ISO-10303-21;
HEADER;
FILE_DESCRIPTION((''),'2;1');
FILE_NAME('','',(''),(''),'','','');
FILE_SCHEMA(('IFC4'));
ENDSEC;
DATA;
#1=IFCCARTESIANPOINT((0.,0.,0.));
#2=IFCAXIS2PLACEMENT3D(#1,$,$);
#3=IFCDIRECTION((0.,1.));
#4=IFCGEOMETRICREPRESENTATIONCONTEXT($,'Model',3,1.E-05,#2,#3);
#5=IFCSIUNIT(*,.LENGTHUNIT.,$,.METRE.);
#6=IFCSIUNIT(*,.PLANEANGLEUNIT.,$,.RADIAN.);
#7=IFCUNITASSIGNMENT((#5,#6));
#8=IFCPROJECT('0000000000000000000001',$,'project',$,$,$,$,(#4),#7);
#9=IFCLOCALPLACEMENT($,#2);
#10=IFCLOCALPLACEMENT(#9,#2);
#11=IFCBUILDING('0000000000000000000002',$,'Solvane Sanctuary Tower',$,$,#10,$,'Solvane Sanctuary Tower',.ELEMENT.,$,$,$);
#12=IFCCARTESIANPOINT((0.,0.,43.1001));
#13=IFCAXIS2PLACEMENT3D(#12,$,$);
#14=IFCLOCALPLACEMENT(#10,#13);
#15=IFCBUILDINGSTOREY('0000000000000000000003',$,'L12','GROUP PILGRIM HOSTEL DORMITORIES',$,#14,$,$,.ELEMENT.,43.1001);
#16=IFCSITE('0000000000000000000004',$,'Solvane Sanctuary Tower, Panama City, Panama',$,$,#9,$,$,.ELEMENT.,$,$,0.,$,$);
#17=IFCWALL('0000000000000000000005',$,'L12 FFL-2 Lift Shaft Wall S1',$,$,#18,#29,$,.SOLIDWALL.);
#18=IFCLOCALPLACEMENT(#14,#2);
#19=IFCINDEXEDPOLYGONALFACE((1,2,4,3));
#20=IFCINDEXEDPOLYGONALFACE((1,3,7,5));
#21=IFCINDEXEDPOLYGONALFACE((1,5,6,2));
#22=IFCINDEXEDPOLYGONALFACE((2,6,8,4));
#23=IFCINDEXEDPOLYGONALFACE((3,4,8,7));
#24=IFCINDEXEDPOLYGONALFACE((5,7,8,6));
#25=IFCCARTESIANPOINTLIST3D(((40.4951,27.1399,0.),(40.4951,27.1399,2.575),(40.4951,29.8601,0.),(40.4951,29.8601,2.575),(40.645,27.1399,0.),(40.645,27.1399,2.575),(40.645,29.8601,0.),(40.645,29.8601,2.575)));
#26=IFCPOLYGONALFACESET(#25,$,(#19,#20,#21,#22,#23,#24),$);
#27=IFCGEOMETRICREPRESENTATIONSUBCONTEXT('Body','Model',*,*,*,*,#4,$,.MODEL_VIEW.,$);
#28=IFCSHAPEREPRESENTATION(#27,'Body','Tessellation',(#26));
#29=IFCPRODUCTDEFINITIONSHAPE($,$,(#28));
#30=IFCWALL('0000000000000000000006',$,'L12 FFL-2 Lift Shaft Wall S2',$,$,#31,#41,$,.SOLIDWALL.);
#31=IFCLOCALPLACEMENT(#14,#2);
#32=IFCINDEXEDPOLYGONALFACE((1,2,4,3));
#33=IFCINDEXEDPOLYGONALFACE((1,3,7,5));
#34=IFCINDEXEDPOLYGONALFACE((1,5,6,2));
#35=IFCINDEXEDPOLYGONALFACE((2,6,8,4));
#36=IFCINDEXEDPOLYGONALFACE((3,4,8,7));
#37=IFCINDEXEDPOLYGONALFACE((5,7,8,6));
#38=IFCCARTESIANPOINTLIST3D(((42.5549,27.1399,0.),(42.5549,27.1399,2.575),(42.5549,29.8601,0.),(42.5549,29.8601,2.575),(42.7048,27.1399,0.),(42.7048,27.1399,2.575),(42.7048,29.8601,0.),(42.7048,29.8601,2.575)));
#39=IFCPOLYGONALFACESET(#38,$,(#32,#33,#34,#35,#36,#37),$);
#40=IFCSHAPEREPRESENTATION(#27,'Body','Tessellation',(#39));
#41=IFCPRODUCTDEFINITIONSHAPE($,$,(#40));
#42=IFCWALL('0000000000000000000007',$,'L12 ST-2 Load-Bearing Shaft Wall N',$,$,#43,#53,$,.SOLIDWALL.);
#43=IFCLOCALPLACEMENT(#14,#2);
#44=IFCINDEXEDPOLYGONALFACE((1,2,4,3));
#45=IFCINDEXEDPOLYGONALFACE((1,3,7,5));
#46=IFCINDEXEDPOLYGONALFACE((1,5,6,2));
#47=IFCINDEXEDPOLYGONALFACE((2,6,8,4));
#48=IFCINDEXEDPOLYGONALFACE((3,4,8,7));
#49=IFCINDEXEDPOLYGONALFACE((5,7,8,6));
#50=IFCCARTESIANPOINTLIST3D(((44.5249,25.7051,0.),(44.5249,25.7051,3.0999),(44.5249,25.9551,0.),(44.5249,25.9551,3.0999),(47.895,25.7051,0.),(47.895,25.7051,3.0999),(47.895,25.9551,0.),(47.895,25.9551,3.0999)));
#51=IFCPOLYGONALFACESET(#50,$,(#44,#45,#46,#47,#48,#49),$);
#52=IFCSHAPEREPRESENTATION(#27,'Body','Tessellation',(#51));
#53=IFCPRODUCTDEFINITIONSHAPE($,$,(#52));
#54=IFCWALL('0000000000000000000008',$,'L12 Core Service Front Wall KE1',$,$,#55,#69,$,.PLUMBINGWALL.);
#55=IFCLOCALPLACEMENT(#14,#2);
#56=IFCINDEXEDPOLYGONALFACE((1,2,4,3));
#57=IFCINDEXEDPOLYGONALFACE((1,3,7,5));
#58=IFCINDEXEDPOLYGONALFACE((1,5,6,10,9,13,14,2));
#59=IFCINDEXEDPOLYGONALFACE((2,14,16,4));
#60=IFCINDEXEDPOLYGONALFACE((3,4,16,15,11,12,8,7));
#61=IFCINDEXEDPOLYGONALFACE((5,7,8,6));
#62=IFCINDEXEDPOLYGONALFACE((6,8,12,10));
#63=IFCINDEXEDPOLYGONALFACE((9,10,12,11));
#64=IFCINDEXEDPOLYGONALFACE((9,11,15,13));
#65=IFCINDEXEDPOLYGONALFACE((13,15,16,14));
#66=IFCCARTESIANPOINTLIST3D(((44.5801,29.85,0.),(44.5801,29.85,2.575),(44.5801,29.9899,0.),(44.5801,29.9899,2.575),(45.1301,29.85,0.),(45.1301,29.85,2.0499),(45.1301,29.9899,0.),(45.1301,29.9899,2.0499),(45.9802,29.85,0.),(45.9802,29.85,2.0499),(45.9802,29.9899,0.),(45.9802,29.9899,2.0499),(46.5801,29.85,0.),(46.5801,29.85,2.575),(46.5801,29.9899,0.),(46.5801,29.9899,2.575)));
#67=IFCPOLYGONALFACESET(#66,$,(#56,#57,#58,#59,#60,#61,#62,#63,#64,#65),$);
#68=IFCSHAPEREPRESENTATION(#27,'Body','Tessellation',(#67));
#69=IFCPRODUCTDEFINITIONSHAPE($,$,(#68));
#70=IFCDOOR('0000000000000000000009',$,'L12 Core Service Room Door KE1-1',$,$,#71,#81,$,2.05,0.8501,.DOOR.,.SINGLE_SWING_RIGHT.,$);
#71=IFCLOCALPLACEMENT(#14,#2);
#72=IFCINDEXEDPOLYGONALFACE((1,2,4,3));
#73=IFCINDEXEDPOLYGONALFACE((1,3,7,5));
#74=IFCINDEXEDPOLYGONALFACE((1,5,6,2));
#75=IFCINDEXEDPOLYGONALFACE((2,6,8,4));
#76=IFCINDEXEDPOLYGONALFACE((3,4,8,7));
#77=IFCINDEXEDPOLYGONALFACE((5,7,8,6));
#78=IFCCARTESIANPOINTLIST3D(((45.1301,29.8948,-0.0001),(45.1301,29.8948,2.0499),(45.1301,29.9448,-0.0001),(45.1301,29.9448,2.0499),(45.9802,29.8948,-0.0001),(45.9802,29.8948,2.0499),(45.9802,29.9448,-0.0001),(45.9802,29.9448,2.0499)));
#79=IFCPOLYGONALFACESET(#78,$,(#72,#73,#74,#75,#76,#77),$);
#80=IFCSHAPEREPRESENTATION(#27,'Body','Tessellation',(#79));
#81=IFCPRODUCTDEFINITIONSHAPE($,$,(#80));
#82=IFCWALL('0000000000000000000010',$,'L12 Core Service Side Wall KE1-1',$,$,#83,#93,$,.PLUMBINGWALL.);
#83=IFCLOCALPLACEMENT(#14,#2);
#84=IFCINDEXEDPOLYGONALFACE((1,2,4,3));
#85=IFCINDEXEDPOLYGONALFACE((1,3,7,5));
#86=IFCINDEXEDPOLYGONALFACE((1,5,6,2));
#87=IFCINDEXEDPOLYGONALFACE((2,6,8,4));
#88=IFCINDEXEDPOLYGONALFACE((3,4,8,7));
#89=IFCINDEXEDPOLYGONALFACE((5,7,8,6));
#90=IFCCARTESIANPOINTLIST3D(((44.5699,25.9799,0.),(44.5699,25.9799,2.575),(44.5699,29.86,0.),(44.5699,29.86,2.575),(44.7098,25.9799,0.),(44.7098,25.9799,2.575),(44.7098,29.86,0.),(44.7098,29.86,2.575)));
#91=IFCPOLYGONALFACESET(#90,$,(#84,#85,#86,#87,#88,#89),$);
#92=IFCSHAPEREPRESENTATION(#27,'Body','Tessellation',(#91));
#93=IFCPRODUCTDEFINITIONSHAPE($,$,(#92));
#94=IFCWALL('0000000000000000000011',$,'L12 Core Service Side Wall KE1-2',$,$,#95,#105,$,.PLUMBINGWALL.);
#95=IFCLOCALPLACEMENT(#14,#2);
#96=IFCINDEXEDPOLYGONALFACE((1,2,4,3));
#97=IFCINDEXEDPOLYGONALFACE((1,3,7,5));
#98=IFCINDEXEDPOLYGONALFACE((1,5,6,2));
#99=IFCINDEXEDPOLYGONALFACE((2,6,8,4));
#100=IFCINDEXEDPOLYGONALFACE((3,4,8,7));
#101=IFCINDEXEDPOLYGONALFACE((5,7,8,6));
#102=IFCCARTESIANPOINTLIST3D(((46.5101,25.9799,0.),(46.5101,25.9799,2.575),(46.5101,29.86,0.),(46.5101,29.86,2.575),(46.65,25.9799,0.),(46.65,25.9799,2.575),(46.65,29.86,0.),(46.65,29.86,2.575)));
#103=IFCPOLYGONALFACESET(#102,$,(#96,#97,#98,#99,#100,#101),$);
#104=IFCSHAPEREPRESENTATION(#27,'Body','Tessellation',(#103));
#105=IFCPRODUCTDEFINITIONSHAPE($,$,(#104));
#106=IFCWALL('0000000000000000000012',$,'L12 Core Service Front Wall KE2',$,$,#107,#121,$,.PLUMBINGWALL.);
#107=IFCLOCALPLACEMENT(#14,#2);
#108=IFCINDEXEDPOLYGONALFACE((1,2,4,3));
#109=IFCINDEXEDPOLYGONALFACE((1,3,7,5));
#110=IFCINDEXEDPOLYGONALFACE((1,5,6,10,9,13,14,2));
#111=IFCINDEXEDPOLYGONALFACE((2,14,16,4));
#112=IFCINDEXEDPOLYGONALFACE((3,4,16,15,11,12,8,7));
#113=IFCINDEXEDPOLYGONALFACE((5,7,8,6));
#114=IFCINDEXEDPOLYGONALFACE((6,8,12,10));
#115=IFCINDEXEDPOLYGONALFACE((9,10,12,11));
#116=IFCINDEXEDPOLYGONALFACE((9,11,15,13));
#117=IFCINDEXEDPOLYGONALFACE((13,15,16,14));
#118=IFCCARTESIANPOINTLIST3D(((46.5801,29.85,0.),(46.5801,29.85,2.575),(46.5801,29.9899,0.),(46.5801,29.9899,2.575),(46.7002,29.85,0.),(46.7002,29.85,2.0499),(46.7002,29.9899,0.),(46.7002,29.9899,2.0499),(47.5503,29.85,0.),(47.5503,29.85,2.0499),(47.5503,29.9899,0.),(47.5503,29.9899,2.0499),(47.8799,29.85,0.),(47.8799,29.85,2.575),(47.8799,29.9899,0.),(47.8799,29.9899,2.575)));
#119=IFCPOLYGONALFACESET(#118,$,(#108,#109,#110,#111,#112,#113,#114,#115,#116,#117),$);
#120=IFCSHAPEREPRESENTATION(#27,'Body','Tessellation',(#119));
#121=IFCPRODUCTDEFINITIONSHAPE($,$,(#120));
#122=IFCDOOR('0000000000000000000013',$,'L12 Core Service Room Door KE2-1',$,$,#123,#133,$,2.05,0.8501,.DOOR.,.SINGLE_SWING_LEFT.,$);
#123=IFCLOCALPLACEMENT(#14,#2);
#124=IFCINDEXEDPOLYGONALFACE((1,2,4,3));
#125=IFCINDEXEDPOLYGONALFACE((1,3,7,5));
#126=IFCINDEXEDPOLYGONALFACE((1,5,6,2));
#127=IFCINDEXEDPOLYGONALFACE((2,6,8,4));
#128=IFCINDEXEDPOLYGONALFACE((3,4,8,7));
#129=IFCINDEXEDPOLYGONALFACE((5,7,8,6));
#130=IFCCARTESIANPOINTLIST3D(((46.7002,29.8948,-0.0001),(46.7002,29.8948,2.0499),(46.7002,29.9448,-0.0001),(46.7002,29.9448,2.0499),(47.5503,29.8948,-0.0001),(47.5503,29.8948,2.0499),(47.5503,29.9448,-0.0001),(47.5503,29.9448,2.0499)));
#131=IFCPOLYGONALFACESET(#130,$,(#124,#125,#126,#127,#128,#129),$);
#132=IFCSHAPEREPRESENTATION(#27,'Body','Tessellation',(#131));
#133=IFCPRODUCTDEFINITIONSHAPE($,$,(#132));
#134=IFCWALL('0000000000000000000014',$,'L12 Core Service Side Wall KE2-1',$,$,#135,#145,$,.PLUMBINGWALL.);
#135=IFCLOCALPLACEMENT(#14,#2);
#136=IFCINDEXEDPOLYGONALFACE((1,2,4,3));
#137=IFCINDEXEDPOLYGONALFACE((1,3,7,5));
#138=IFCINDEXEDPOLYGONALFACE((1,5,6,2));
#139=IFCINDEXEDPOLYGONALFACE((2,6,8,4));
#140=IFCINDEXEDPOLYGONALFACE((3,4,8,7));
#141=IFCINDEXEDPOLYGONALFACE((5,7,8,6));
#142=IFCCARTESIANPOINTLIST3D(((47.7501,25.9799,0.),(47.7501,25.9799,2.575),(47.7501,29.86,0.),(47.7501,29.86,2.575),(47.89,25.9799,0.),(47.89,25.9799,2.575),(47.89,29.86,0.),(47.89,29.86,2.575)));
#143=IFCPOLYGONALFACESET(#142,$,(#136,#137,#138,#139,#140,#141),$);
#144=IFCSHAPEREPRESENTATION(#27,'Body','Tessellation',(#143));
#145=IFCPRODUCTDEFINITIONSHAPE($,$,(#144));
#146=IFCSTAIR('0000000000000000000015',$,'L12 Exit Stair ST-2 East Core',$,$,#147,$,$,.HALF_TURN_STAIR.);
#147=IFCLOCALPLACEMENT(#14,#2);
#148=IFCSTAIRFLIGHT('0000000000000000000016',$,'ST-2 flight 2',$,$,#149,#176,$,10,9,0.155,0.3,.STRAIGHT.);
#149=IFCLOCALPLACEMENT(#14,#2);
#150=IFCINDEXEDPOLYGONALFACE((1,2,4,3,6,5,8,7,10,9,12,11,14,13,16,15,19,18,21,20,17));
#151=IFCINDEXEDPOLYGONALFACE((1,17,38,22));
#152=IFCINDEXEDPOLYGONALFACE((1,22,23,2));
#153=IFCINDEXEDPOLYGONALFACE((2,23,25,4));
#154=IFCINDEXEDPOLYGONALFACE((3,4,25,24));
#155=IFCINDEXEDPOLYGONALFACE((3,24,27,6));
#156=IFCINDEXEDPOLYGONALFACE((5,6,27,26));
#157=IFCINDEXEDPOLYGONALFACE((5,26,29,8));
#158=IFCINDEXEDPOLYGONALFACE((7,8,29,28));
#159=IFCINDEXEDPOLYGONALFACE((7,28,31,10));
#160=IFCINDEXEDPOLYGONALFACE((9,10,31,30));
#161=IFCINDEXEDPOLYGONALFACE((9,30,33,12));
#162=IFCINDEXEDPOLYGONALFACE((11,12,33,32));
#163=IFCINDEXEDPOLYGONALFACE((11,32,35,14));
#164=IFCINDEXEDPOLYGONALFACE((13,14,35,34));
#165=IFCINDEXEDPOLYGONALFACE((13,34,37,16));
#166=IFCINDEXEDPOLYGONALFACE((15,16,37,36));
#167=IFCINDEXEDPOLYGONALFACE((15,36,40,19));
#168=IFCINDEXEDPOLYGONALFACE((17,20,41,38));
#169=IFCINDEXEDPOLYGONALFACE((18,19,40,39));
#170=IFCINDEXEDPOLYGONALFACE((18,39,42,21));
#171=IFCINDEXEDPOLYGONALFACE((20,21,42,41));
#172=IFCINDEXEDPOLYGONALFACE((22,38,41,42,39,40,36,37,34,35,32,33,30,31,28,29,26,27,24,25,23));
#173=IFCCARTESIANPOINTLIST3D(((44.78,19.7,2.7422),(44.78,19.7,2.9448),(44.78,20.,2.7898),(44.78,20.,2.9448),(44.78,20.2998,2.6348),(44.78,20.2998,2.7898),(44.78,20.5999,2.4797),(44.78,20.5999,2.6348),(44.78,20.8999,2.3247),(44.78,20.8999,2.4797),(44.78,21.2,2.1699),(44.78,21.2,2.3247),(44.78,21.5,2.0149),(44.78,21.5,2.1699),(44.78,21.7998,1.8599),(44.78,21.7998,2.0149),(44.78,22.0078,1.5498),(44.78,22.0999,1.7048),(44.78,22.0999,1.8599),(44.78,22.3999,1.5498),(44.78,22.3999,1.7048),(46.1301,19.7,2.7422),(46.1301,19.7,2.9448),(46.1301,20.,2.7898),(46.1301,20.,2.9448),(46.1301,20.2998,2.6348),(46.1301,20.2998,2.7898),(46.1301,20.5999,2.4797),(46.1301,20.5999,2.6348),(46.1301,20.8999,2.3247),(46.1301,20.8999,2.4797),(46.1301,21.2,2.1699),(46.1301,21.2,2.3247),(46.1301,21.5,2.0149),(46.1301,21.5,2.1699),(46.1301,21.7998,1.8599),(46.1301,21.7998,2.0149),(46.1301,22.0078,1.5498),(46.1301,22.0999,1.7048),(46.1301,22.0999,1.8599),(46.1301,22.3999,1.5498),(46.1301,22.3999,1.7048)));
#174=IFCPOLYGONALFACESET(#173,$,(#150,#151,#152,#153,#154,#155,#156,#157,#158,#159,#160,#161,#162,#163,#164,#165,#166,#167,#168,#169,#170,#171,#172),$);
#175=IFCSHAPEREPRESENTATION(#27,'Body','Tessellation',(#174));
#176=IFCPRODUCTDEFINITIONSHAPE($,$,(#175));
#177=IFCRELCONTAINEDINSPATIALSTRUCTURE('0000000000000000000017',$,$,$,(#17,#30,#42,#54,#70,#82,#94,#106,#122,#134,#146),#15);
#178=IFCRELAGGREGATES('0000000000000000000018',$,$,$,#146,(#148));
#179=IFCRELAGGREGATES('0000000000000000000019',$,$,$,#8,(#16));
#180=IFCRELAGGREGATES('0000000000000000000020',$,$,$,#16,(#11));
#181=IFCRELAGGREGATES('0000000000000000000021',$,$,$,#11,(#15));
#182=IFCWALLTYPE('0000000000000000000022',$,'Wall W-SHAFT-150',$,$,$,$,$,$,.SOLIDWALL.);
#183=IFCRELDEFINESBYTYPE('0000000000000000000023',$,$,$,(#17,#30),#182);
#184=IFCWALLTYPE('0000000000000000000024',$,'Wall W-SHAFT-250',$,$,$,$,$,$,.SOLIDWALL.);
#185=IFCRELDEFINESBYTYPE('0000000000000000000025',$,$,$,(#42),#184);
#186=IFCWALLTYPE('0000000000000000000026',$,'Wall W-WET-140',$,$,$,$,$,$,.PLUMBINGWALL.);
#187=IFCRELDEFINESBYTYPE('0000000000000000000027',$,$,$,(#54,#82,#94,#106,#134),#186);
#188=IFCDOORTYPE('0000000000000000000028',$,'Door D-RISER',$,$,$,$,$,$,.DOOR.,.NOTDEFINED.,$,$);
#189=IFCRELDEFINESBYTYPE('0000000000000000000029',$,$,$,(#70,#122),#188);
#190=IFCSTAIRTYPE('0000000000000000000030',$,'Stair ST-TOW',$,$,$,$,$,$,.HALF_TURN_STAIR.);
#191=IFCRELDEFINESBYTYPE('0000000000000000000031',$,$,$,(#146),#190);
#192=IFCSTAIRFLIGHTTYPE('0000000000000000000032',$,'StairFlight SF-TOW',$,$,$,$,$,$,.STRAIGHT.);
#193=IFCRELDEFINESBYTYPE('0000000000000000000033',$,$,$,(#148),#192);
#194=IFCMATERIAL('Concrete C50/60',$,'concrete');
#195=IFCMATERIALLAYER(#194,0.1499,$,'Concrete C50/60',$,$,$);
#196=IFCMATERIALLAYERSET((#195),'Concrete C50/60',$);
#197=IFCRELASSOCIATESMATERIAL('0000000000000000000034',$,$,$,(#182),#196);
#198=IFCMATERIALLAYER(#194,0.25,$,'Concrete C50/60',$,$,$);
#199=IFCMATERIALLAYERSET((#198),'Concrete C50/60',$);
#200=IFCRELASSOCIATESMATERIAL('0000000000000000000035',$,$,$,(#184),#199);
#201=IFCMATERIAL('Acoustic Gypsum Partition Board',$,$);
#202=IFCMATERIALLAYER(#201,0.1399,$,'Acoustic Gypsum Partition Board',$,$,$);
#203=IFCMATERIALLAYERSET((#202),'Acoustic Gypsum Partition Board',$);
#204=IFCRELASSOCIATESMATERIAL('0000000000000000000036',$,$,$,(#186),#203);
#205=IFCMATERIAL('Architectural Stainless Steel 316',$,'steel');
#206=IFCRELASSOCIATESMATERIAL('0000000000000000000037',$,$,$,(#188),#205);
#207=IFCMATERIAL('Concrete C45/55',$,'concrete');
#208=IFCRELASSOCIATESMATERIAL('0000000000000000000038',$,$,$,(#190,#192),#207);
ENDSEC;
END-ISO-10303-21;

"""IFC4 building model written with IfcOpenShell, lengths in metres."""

from ifc_helpers import new_model, si_unit, direction, frame, frame_2d, origin, place, context, subcontext, project, spatial, polyline, rectangle, outline, extrude, material, layer, layer_set, type_object, element, fill, aggregate, save


model = new_model("IFC4")

# Units and contexts
model_context = context("Model", 3, precision=1e-05, world=origin(), true_north=direction((0.0, 1.0)))
body_context = subcontext(model_context, "Body", "Model", "MODEL_VIEW")
ifc_project = project(units=[si_unit("LENGTHUNIT", "METRE"), si_unit("PLANEANGLEUNIT", "RADIAN")], contexts=[model_context])

# Site, building, storey
site_placement = place(None, origin())
site = spatial("IfcSite", under=ifc_project, at=site_placement, Name="Solvane Sanctuary Tower, Panama City, Panama", CompositionType="ELEMENT", RefElevation=0.0)
building_placement = place(site_placement, origin())
building = spatial("IfcBuilding", under=site, at=building_placement, Name="Solvane Sanctuary Tower", LongName="Solvane Sanctuary Tower", CompositionType="ELEMENT")
storey_placement = place(building_placement, frame((0.0, 0.0, 43.1001)))
storey = spatial("IfcBuildingStorey", under=building, at=storey_placement, Name="L12", Description="GROUP PILGRIM HOSTEL DORMITORIES", CompositionType="ELEMENT", Elevation=43.1001)

# Shared definitions
ifc_material_1 = material(Name="Acoustic Gypsum Partition Board")
ifc_material_2 = material(Name="Concrete C50/60", Category="concrete")
ifc_layer_1 = layer(ifc_material_2, 0.1499, Name="Concrete C50/60")
ifc_layer_set_1 = layer_set([ifc_layer_1], Name="Concrete C50/60")
wall_type_1 = type_object("IfcWallType", Name="Wall W-SHAFT-150", PredefinedType="SOLIDWALL", material=ifc_layer_set_1)

# Shared definitions
ifc_material_3 = material(Name="Architectural Stainless Steel 316", Category="steel")

# Walls
for number, where, z_axis, x_axis, name in (
    (1, (40.5701, 27.1399, 0.0), (0.0, 0.0, 1.0), (0.0, 1.0, 0.0), "L12 FFL-2 Lift Shaft Wall S1"),
    (2, (42.6299, 27.1399, 0.0), (0.0, 0.0, 1.0), (0.0, 1.0, 0.0), "L12 FFL-2 Lift Shaft Wall S2"),
):
    element("IfcWall", number, at=place(storey_placement, frame(where, z_axis=z_axis, x_axis=x_axis)), inside=storey, type_object=wall_type_1, Name=name, PredefinedType="SOLIDWALL", context=body_context, shape_type="SweptSolid", body=[
        extrude(rectangle(XDim=2.7202, YDim=0.1499, at=frame_2d((1.3601, 0.0))), origin(), (0.0, 0.0, 1.0), 2.575),
    ])
ifc_layer_2 = layer(ifc_material_2, 0.25, Name="Concrete C50/60")
ifc_layer_set_2 = layer_set([ifc_layer_2], Name="Concrete C50/60")
wall_type_2 = type_object("IfcWallType", Name="Wall W-SHAFT-250", PredefinedType="SOLIDWALL", material=ifc_layer_set_2)
wall_1_placement = place(storey_placement, frame((44.5249, 25.8301, 0.0), z_axis=(0.0, 0.0, 1.0), x_axis=(1.0, 0.0, 0.0)))
element("IfcWall", 3, at=wall_1_placement, inside=storey, type_object=wall_type_2, Name="L12 ST-2 Load-Bearing Shaft Wall N", PredefinedType="SOLIDWALL", context=body_context, shape_type="SweptSolid", body=[
    extrude(rectangle(XDim=3.3701, YDim=0.25, at=frame_2d((1.6851, 0.0))), origin(), (0.0, 0.0, 1.0), 3.0999),
])

# Wall, opening, door
ifc_layer_3 = layer(ifc_material_1, 0.1399, Name="Acoustic Gypsum Partition Board")
ifc_layer_set_3 = layer_set([ifc_layer_3], Name="Acoustic Gypsum Partition Board")
wall_type_3 = type_object("IfcWallType", Name="Wall W-WET-140", PredefinedType="PLUMBINGWALL", material=ifc_layer_set_3)
wall_2_placement = place(storey_placement, frame((44.5801, 29.9199, 0.0), z_axis=(0.0, 0.0, 1.0), x_axis=(1.0, 0.0, 0.0)))
wall_2 = element("IfcWall", 4, at=wall_2_placement, inside=storey, type_object=wall_type_3, Name="L12 Core Service Front Wall KE1", PredefinedType="PLUMBINGWALL", context=body_context, shape_type="SweptSolid", body=[
    extrude(rectangle(XDim=2.0, YDim=0.1399, at=frame_2d((1.0, 0.0))), origin(), (0.0, 0.0, 1.0), 2.575),
])
opening_1_placement = place(wall_2_placement, frame((0.55, 0.0, 0.0)))
opening_1 = element("IfcOpeningElement", 5, at=opening_1_placement, cuts=wall_2, PredefinedType="OPENING", context=body_context, shape_type="SweptSolid", body=[
    extrude(rectangle(XDim=0.8501, YDim=2.05, at=frame_2d((0.425, 1.0249))), frame((0.0, 0.0798, 0.0), z_axis=(0.0, -1.0, 0.0), x_axis=(1.0, 0.0, 0.0)), (0.0, 0.0, 1.0), 0.1599),
])
door_type_1 = type_object("IfcDoorType", Name="Door D-RISER", OperationType="NOTDEFINED", PredefinedType="DOOR", material=ifc_material_3)
door_1_placement = place(opening_1_placement, origin())
door_1 = element("IfcDoor", 6, at=door_1_placement, inside=storey, type_object=door_type_1, Name="L12 Core Service Room Door KE1-1", OperationType="SINGLE_SWING_RIGHT", OverallHeight=2.05, OverallWidth=0.8501, PredefinedType="DOOR", context=body_context, shape_type="SweptSolid", body=[
    extrude(rectangle(XDim=0.8501, YDim=2.05, at=frame_2d((0.425, 1.0249))), frame((0.0, 0.0249, 0.0), z_axis=(0.0, -1.0, 0.0), x_axis=(1.0, 0.0, 0.0)), (0.0, 0.0, 1.0), 0.05),
])
fill(opening_1, door_1)

# Walls
for number, where, z_axis, x_axis, name in (
    (7, (44.6399, 25.98, 0.0), (0.0, 0.0, 1.0), (0.0, 1.0, 0.0), "L12 Core Service Side Wall KE1-1"),
    (8, (46.5801, 25.98, 0.0), (0.0, 0.0, 1.0), (0.0, 1.0, 0.0), "L12 Core Service Side Wall KE1-2"),
):
    element("IfcWall", number, at=place(storey_placement, frame(where, z_axis=z_axis, x_axis=x_axis)), inside=storey, type_object=wall_type_3, Name=name, PredefinedType="PLUMBINGWALL", context=body_context, shape_type="SweptSolid", body=[
        extrude(rectangle(XDim=3.8801, YDim=0.1399, at=frame_2d((1.9399, 0.0))), origin(), (0.0, 0.0, 1.0), 2.575),
    ])

# Wall, opening, door
wall_3_placement = place(storey_placement, frame((46.5801, 29.9199, 0.0), z_axis=(0.0, 0.0, 1.0), x_axis=(1.0, 0.0, 0.0)))
wall_3 = element("IfcWall", 9, at=wall_3_placement, inside=storey, type_object=wall_type_3, Name="L12 Core Service Front Wall KE2", PredefinedType="PLUMBINGWALL", context=body_context, shape_type="SweptSolid", body=[
    extrude(rectangle(XDim=1.2998, YDim=0.1399, at=frame_2d((0.6499, 0.0))), origin(), (0.0, 0.0, 1.0), 2.575),
])
opening_2_placement = place(wall_3_placement, frame((0.1201, 0.0, 0.0)))
opening_2 = element("IfcOpeningElement", 10, at=opening_2_placement, cuts=wall_3, PredefinedType="OPENING", context=body_context, shape_type="SweptSolid", body=[
    extrude(rectangle(XDim=0.8501, YDim=2.05, at=frame_2d((0.425, 1.0249))), frame((0.0, 0.0798, 0.0), z_axis=(0.0, -1.0, 0.0), x_axis=(1.0, 0.0, 0.0)), (0.0, 0.0, 1.0), 0.1599),
])
door_2_placement = place(opening_2_placement, origin())
door_2 = element("IfcDoor", 11, at=door_2_placement, inside=storey, type_object=door_type_1, Name="L12 Core Service Room Door KE2-1", OperationType="SINGLE_SWING_LEFT", OverallHeight=2.05, OverallWidth=0.8501, PredefinedType="DOOR", context=body_context, shape_type="SweptSolid", body=[
    extrude(rectangle(XDim=0.8501, YDim=2.05, at=frame_2d((0.425, 1.0249))), frame((0.0, 0.0249, 0.0), z_axis=(0.0, -1.0, 0.0), x_axis=(1.0, 0.0, 0.0)), (0.0, 0.0, 1.0), 0.05),
])
fill(opening_2, door_2)

# Wall
wall_4_placement = place(storey_placement, frame((47.8201, 25.98, 0.0), z_axis=(0.0, 0.0, 1.0), x_axis=(0.0, 1.0, 0.0)))
element("IfcWall", 12, at=wall_4_placement, inside=storey, type_object=wall_type_3, Name="L12 Core Service Side Wall KE2-1", PredefinedType="PLUMBINGWALL", context=body_context, shape_type="SweptSolid", body=[
    extrude(rectangle(XDim=3.8801, YDim=0.1399, at=frame_2d((1.9399, 0.0))), origin(), (0.0, 0.0, 1.0), 2.575),
])

# Stair, stair flight
ifc_material_4 = material(Name="Concrete C45/55", Category="concrete")
stair_type = type_object("IfcStairType", Name="Stair ST-TOW", PredefinedType="HALF_TURN_STAIR", material=ifc_material_4)
stair_placement = place(storey_placement, origin())
stair = element("IfcStair", 13, at=stair_placement, inside=storey, type_object=stair_type, Name="L12 Exit Stair ST-2 East Core", PredefinedType="HALF_TURN_STAIR")
stair_flight_type = type_object("IfcStairFlightType", Name="StairFlight SF-TOW", PredefinedType="STRAIGHT", material=ifc_material_4)
stair_flight_placement = place(storey_placement, frame((45.4551, 22.3999, 1.5498), z_axis=(0.0, 0.0, 1.0), x_axis=(0.0, -1.0, 0.0)))
stair_flight = element("IfcStairFlight", 14, at=stair_flight_placement, type_object=stair_flight_type, Name="ST-2 flight 2", NumberOfRisers=10, NumberOfTreads=9, PredefinedType="STRAIGHT", RiserHeight=0.155, TreadLength=0.3, context=body_context, shape_type="SweptSolid", body=[
    extrude(outline(polyline([(0.0, 0.0), (0.0, 0.155), (0.3, 0.155), (0.3, 0.3101), (0.6001, 0.3101), (0.6001, 0.4651), (0.8999, 0.4651), (0.8999, 0.6201), (1.2, 0.6201), (1.2, 0.7749), (1.5, 0.7749), (1.5, 0.9299), (1.8, 0.9299), (1.8, 1.085), (2.1001, 1.085), (2.1001, 1.24), (2.3999, 1.24), (2.3999, 1.395), (2.7, 1.395), (2.7, 1.55), (2.7, 1.1924), (0.3921, 0.0), (0.0, 0.0)])), frame((0.0, 0.675, 0.0), z_axis=(0.0, -1.0, 0.0), x_axis=(1.0, 0.0, 0.0)), (0.0, 0.0, 1.0), 1.3501),
])
aggregate(stair, [stair_flight])

save(model, "model.ifc")
